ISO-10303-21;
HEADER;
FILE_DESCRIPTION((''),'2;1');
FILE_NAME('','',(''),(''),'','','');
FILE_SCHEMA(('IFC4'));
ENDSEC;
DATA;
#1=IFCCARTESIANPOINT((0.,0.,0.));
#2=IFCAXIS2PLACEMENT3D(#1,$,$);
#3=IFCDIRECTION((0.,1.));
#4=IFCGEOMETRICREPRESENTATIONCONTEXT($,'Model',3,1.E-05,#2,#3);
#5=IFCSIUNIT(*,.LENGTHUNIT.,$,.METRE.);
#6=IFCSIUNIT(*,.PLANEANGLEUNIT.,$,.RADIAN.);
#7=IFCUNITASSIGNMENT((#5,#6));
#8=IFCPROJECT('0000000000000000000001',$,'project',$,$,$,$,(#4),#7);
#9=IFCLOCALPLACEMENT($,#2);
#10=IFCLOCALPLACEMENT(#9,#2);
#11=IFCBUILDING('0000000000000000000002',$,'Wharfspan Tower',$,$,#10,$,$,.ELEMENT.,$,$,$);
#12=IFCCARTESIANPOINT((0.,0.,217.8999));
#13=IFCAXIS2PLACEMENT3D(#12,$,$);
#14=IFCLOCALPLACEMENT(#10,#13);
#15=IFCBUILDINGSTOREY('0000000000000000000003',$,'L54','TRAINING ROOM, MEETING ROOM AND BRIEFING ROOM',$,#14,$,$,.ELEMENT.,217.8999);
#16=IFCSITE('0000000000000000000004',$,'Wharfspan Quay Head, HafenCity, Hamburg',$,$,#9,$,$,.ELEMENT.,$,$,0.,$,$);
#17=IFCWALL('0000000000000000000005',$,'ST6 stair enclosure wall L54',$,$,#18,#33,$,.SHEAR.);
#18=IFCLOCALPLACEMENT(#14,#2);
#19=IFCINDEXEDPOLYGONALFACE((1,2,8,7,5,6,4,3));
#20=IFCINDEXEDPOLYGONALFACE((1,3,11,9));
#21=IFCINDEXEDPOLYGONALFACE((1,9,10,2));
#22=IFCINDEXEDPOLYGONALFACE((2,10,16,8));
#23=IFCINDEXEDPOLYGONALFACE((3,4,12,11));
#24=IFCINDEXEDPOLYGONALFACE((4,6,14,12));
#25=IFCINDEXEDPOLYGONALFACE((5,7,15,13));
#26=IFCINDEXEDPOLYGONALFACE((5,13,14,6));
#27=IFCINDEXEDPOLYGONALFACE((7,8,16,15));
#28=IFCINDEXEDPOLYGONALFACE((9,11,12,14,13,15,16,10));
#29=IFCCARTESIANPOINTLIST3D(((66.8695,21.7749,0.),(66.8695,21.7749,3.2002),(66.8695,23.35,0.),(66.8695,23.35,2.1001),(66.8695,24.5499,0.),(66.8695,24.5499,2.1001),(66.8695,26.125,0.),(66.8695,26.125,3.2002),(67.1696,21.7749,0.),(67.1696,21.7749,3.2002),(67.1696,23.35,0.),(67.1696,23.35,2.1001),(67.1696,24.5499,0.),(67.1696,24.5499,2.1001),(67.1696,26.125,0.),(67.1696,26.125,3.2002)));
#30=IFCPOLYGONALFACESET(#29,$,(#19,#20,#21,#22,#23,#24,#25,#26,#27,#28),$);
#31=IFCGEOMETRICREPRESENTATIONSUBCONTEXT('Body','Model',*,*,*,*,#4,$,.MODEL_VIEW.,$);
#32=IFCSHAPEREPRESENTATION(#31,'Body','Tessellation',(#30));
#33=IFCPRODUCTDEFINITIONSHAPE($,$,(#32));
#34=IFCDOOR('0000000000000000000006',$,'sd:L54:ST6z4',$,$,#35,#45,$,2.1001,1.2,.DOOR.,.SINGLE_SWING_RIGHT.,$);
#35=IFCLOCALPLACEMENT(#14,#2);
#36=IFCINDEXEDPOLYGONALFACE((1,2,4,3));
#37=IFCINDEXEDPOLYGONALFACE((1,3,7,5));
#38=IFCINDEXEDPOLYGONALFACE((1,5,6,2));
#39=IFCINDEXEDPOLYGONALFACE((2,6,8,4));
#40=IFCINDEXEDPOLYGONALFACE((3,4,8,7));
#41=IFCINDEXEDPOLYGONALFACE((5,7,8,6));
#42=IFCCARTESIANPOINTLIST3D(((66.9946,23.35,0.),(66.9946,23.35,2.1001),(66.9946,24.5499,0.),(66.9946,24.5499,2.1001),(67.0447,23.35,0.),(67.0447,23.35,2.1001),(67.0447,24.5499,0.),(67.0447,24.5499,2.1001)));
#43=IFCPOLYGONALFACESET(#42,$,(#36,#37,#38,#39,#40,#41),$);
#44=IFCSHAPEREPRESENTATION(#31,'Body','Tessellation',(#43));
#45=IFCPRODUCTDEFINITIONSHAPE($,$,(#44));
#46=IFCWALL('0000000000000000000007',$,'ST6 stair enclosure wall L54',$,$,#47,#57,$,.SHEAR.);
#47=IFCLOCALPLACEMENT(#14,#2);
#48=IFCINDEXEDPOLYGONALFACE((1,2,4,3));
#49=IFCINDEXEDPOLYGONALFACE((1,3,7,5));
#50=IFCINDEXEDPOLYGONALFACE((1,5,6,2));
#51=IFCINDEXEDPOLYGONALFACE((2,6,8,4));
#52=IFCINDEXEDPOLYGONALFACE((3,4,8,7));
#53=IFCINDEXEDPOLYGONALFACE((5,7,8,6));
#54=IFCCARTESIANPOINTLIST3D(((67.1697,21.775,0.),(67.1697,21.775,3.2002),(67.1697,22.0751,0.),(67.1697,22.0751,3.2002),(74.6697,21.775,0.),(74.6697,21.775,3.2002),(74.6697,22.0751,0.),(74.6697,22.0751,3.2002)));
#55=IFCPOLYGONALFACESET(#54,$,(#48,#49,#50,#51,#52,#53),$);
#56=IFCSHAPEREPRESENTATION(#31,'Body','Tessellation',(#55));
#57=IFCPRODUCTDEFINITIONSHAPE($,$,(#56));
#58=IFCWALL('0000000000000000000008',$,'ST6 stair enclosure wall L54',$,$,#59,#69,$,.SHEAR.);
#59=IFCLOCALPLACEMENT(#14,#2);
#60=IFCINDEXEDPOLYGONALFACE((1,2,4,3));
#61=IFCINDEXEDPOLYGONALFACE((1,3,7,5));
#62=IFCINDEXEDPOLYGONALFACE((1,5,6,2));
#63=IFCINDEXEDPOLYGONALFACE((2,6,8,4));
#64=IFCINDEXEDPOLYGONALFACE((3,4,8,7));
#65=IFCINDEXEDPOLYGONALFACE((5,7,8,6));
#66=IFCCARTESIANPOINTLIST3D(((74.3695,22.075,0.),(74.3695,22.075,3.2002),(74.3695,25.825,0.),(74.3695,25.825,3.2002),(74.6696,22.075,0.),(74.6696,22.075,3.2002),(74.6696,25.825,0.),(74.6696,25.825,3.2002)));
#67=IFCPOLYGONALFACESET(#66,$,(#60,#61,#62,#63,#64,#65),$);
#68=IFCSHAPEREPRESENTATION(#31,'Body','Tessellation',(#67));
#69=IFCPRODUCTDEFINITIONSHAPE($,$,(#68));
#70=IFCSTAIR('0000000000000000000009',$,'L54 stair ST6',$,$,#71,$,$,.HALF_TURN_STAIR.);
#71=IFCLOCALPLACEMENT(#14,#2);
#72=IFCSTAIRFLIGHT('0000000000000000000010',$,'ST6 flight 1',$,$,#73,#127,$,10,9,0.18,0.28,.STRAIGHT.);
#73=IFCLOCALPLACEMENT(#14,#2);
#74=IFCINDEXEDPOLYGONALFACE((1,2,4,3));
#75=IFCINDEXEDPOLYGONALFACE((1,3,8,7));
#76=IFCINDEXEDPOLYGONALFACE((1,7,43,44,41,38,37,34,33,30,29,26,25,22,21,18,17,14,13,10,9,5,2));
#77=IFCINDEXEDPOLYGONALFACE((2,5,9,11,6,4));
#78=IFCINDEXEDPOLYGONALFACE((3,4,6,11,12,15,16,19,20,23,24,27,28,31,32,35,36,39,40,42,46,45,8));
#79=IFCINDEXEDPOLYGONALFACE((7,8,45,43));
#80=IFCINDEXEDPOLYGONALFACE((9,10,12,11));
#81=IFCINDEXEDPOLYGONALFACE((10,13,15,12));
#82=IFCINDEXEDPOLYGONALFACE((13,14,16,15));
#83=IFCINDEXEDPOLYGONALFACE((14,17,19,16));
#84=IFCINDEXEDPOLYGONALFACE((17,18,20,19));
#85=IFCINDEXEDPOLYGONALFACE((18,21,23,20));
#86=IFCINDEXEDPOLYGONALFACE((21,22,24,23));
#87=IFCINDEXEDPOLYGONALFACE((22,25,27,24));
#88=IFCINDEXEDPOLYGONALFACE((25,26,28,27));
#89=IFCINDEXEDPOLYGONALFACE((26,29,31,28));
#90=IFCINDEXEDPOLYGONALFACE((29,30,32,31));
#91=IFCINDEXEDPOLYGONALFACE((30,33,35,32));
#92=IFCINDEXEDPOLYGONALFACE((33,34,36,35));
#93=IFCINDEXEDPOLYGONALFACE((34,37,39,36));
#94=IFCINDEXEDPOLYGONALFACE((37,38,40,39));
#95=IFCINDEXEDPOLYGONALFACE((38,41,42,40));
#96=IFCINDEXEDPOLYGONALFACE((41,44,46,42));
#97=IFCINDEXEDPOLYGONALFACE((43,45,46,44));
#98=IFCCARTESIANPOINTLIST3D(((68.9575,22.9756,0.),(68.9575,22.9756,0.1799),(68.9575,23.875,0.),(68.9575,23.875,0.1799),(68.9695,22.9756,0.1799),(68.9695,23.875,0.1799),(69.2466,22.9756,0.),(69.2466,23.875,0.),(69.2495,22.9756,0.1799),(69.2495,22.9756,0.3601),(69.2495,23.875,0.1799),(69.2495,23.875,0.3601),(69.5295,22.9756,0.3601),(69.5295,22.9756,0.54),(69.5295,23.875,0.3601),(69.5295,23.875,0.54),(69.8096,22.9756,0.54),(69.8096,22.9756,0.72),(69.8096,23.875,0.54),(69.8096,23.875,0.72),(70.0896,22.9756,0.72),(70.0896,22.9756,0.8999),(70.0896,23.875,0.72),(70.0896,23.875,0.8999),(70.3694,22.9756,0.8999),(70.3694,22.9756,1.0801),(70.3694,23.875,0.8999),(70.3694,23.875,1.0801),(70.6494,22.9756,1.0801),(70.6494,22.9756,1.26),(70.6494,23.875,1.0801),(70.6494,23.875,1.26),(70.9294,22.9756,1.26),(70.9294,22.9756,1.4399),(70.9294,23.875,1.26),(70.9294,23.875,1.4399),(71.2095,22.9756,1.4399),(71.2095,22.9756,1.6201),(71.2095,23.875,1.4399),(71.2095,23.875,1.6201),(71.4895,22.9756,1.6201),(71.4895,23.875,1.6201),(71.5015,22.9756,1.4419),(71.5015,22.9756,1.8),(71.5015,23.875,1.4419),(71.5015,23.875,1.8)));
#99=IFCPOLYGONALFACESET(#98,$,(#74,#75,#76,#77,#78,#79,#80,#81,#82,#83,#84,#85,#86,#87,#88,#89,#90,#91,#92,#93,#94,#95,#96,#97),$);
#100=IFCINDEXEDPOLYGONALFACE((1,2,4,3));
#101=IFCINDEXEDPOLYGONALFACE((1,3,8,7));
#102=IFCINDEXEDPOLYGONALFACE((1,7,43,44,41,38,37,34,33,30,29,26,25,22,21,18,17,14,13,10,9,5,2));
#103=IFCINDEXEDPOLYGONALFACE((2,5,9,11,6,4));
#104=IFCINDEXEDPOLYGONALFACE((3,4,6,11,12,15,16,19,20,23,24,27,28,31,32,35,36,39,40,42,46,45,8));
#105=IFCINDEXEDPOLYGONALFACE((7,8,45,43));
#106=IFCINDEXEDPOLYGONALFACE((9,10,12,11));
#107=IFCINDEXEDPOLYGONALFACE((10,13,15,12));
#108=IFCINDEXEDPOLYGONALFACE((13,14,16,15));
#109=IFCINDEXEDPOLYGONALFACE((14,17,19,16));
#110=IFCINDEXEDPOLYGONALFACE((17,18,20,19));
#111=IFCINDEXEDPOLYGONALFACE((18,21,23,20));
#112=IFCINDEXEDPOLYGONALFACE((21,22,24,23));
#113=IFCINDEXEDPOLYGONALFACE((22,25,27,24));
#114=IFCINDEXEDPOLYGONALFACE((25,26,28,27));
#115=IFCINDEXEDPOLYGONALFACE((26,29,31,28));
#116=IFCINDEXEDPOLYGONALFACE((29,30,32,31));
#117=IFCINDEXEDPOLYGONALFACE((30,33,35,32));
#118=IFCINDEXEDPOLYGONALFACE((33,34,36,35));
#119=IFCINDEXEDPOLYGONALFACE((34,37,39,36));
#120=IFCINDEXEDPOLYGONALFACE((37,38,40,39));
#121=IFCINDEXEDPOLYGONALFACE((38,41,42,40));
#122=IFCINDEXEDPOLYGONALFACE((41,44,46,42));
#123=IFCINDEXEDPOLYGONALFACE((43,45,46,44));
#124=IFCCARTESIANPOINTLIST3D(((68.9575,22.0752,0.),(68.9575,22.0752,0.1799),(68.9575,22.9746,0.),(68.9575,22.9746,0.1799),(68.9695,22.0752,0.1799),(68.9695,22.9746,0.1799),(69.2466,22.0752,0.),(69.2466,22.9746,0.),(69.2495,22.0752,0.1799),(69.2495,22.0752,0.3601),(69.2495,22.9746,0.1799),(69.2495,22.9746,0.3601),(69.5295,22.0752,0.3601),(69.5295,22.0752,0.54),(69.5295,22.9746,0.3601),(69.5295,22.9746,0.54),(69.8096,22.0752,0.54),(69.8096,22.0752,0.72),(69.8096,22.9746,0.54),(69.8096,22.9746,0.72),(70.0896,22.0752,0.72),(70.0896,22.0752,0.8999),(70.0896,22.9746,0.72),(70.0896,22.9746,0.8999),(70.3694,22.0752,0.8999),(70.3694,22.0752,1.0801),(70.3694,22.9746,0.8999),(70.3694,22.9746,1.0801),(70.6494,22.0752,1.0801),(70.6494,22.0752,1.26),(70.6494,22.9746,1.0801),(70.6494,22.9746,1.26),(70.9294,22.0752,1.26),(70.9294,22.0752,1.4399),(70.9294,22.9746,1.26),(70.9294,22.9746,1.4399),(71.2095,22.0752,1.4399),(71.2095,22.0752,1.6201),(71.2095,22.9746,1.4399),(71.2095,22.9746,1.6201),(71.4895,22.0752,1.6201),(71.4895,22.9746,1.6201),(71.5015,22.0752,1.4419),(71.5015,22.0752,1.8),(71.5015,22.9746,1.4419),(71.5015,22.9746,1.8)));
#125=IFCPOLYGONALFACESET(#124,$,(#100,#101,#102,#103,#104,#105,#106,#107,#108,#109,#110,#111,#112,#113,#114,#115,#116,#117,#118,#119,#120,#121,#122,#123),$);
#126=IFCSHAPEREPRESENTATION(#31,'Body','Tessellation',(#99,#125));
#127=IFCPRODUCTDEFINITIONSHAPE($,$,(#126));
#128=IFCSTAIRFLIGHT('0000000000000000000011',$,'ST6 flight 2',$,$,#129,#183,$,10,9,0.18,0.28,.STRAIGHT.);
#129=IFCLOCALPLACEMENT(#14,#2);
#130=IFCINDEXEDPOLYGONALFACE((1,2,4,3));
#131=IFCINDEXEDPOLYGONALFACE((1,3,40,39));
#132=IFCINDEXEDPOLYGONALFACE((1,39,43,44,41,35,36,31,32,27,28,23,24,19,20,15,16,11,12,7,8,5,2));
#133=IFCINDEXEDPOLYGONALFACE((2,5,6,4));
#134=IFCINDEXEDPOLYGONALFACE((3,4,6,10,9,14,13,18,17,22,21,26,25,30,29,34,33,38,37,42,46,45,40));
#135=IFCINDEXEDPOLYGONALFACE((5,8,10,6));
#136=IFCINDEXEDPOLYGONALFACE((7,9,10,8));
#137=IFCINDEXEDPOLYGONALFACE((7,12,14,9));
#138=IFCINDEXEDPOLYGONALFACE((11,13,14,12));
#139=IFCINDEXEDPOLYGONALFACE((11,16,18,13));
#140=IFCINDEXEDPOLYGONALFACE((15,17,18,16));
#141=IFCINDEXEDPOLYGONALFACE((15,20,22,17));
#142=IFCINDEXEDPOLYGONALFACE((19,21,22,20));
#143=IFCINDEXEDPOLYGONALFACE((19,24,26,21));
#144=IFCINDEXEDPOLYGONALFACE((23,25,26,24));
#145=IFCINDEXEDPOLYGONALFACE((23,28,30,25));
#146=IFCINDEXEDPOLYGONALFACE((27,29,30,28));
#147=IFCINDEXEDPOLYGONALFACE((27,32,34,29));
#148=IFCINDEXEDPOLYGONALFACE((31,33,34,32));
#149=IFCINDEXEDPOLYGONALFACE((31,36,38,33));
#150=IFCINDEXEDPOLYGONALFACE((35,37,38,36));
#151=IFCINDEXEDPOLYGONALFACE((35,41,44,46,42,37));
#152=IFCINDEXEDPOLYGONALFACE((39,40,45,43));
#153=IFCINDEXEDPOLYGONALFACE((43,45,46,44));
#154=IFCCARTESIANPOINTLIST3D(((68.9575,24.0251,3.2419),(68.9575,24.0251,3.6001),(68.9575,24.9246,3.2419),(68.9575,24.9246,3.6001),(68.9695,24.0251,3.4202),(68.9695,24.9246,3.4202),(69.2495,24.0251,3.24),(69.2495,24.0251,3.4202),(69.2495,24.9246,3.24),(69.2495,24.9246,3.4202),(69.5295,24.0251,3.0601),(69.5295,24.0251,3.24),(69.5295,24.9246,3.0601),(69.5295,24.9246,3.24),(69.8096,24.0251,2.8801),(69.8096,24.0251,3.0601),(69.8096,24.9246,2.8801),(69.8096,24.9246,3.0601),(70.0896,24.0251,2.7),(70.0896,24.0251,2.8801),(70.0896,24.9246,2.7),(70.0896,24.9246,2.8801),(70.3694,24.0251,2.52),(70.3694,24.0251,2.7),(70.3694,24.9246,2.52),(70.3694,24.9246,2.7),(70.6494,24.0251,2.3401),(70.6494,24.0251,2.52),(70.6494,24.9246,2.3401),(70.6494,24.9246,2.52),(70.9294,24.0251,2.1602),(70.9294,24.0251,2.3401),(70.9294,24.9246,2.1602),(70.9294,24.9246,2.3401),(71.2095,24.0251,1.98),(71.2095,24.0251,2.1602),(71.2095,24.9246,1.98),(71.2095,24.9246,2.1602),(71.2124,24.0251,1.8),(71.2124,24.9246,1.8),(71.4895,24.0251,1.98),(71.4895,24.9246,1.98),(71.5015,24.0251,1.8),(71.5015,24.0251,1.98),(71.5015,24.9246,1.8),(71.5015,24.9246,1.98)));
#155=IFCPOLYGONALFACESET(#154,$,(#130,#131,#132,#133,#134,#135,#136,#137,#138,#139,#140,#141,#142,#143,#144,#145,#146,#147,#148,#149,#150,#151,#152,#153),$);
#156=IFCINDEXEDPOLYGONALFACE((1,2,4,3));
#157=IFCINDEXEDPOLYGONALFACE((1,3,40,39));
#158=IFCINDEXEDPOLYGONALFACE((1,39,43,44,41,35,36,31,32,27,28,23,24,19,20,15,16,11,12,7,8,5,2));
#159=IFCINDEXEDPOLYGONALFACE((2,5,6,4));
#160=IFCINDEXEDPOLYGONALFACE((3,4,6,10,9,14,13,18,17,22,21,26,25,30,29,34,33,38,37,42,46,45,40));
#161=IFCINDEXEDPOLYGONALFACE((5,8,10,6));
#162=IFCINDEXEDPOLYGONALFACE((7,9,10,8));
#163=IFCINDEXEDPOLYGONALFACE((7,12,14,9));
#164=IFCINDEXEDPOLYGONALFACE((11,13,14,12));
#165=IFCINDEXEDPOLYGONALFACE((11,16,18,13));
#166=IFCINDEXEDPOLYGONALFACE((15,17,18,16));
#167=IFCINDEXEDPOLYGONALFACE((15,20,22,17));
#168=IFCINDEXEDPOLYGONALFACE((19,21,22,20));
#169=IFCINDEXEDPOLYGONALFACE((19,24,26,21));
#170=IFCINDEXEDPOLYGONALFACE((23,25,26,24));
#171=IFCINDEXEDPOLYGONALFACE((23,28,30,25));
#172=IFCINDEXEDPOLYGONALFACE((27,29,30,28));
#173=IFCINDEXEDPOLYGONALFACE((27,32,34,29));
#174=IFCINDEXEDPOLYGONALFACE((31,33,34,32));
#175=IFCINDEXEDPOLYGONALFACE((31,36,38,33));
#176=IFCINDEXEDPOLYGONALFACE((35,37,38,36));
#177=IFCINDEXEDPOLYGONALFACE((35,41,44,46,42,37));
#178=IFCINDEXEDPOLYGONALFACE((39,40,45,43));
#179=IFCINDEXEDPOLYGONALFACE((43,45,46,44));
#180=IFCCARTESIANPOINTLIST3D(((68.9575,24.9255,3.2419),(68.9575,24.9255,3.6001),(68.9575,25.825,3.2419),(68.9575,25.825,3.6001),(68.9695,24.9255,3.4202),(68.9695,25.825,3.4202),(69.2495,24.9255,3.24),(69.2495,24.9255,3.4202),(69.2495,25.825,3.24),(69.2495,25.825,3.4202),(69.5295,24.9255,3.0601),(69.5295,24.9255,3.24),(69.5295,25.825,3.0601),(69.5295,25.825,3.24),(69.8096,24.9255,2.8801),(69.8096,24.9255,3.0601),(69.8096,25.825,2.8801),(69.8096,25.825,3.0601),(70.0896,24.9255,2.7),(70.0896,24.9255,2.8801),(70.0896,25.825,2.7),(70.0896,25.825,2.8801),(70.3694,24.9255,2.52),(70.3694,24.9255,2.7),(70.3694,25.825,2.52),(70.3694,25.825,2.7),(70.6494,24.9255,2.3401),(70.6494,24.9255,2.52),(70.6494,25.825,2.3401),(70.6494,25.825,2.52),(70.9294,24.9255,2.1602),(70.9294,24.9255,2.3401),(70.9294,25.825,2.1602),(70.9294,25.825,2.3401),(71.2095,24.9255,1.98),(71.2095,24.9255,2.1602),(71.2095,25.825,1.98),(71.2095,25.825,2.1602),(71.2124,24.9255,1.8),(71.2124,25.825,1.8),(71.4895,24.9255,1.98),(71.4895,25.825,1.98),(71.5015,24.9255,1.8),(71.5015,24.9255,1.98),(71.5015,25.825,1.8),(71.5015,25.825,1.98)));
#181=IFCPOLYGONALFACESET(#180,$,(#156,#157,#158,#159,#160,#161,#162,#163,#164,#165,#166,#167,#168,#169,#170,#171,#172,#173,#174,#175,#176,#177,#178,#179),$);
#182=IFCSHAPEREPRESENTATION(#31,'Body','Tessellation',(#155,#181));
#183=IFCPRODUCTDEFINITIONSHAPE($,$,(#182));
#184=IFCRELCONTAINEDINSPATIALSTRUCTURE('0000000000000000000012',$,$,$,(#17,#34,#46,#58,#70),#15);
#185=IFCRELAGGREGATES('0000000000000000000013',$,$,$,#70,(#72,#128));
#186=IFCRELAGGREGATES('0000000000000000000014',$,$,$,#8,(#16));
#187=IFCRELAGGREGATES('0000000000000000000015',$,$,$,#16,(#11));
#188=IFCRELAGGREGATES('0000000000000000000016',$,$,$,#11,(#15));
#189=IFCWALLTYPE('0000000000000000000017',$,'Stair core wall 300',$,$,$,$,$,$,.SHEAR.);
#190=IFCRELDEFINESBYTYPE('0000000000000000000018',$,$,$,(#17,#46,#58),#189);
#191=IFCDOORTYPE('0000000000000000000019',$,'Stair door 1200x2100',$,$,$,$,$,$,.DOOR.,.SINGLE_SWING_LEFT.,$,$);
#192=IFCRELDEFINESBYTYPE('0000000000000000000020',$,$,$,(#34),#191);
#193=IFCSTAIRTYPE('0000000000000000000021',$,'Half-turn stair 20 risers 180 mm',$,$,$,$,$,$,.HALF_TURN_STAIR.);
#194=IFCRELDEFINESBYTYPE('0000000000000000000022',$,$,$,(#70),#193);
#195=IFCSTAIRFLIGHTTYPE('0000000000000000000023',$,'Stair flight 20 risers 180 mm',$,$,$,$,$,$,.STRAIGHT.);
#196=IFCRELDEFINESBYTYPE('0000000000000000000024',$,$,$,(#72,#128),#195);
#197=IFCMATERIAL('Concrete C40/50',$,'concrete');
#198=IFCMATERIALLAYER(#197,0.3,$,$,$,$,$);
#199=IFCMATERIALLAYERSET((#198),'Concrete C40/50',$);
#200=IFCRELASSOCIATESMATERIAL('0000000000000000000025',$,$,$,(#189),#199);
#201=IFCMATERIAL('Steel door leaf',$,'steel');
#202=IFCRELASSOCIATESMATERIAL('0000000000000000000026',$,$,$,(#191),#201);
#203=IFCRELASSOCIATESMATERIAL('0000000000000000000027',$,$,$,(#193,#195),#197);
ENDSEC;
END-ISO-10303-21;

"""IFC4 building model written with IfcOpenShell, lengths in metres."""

from ifc_helpers import new_model, si_unit, direction, frame, frame_2d, origin, place, context, subcontext, project, spatial, polyline, rectangle, outline, extrude, material, layer, layer_set, type_object, element, fill, aggregate, save


model = new_model("IFC4")

# Units and contexts
model_context = context("Model", 3, precision=1e-05, world=origin(), true_north=direction((0.0, 1.0)))
body_context = subcontext(model_context, "Body", "Model", "MODEL_VIEW")
ifc_project = project(units=[si_unit("LENGTHUNIT", "METRE"), si_unit("PLANEANGLEUNIT", "RADIAN")], contexts=[model_context])

# Site, building, storey
site_placement = place(None, origin())
site = spatial("IfcSite", under=ifc_project, at=site_placement, Name="Wharfspan Quay Head, HafenCity, Hamburg", CompositionType="ELEMENT", RefElevation=0.0)
building_placement = place(site_placement, origin())
building = spatial("IfcBuilding", under=site, at=building_placement, Name="Wharfspan Tower", CompositionType="ELEMENT")
storey_placement = place(building_placement, frame((0.0, 0.0, 217.8999)))
storey = spatial("IfcBuildingStorey", under=building, at=storey_placement, Name="L54", Description="TRAINING ROOM, MEETING ROOM AND BRIEFING ROOM", CompositionType="ELEMENT", Elevation=217.8999)

# Wall, opening, door
ifc_material_1 = material(Name="Concrete C40/50", Category="concrete")
ifc_layer_1 = layer(ifc_material_1, 0.3)
ifc_layer_set_1 = layer_set([ifc_layer_1], Name="Concrete C40/50")
wall_type_1 = type_object("IfcWallType", Name="Stair core wall 300", PredefinedType="SHEAR", material=ifc_layer_set_1)
wall_1_placement = place(storey_placement, frame((67.0195, 21.7749, 0.0), z_axis=(0.0, 0.0, 1.0), x_axis=(0.0, 1.0, 0.0)))
wall_1 = element("IfcWall", 1, at=wall_1_placement, inside=storey, type_object=wall_type_1, Name="ST6 stair enclosure wall L54", PredefinedType="SHEAR", context=body_context, shape_type="SweptSolid", body=[
    extrude(rectangle(XDim=4.3501, YDim=0.3, at=frame_2d((2.175, 0.0))), origin(), (0.0, 0.0, 1.0), 3.2002),
])
opening_1_placement = place(wall_1_placement, frame((1.575, 0.0, 0.0)))
opening_1 = element("IfcOpeningElement", 2, at=opening_1_placement, cuts=wall_1, PredefinedType="OPENING", context=body_context, shape_type="SweptSolid", body=[
    extrude(rectangle(XDim=1.2, YDim=2.1001, at=frame_2d((0.6001, 1.05))), frame((0.0, 0.1599, 0.0), z_axis=(0.0, -1.0, 0.0), x_axis=(1.0, 0.0, 0.0)), (0.0, 0.0, 1.0), 0.3201),
])
ifc_material_2 = material(Name="Steel door leaf", Category="steel")
door_type_1 = type_object("IfcDoorType", Name="Stair door 1200x2100", OperationType="SINGLE_SWING_LEFT", PredefinedType="DOOR", material=ifc_material_2)
door_1_placement = place(opening_1_placement, origin())
door_1 = element("IfcDoor", 3, at=door_1_placement, inside=storey, type_object=door_type_1, Name="sd:L54:ST6z4", OperationType="SINGLE_SWING_RIGHT", OverallHeight=2.1001, OverallWidth=1.2, PredefinedType="DOOR", context=body_context, shape_type="SweptSolid", body=[
    extrude(rectangle(XDim=1.2, YDim=2.1001, at=frame_2d((0.6001, 1.05))), frame((0.0, 0.0249, 0.0), z_axis=(0.0, -1.0, 0.0), x_axis=(1.0, 0.0, 0.0)), (0.0, 0.0, 1.0), 0.05),
])
fill(opening_1, door_1)

# Walls
wall_2_placement = place(storey_placement, frame((67.1697, 21.925, 0.0), z_axis=(0.0, 0.0, 1.0), x_axis=(1.0, 0.0, 0.0)))
element("IfcWall", 4, at=wall_2_placement, inside=storey, type_object=wall_type_1, Name="ST6 stair enclosure wall L54", PredefinedType="SHEAR", context=body_context, shape_type="SweptSolid", body=[
    extrude(rectangle(XDim=7.5, YDim=0.3, at=frame_2d((3.75, 0.0))), origin(), (0.0, 0.0, 1.0), 3.2002),
])
wall_3_placement = place(storey_placement, frame((74.5195, 22.075, 0.0), z_axis=(0.0, 0.0, 1.0), x_axis=(0.0, 1.0, 0.0)))
element("IfcWall", 5, at=wall_3_placement, inside=storey, type_object=wall_type_1, Name="ST6 stair enclosure wall L54", PredefinedType="SHEAR", context=body_context, shape_type="SweptSolid", body=[
    extrude(rectangle(XDim=3.75, YDim=0.3, at=frame_2d((1.875, 0.0))), origin(), (0.0, 0.0, 1.0), 3.2002),
])

# Stair, stair flights
stair_type = type_object("IfcStairType", Name="Half-turn stair 20 risers 180 mm", PredefinedType="HALF_TURN_STAIR", material=ifc_material_1)
stair_placement = place(storey_placement, origin())
stair = element("IfcStair", 6, at=stair_placement, inside=storey, type_object=stair_type, Name="L54 stair ST6", PredefinedType="HALF_TURN_STAIR")
stair_flight_type = type_object("IfcStairFlightType", Name="Stair flight 20 risers 180 mm", PredefinedType="STRAIGHT", material=ifc_material_1)
stair_flight_1_placement = place(storey_placement, frame((68.9695, 22.9751, 0.0), z_axis=(0.0, 0.0, 1.0), x_axis=(1.0, 0.0, 0.0)))
stair_flight_1 = element("IfcStairFlight", 7, at=stair_flight_1_placement, type_object=stair_flight_type, Name="ST6 flight 1", NumberOfRisers=10, NumberOfTreads=9, PredefinedType="STRAIGHT", RiserHeight=0.18, TreadLength=0.28, context=body_context, shape_type="SweptSolid", body=[
    extrude(outline(polyline([(-0.012, 0.0), (-0.012, 0.1799), (0.0, 0.1799), (0.28, 0.1799), (0.28, 0.3601), (0.5601, 0.3601), (0.5601, 0.54), (0.8401, 0.54), (0.8401, 0.72), (1.1201, 0.72), (1.1201, 0.8999), (1.3999, 0.8999), (1.3999, 1.0801), (1.6799, 1.0801), (1.6799, 1.26), (1.96, 1.26), (1.96, 1.4399), (2.24, 1.4399), (2.24, 1.6201), (2.52, 1.6201), (2.532, 1.8), (2.532, 1.4419), (0.2771, 0.0), (-0.012, 0.0)])), frame((0.0, 0.8999, 0.0), z_axis=(0.0, -1.0, 0.0), x_axis=(1.0, 0.0, 0.0)), (0.0, 0.0, 1.0), 0.8994),
    extrude(outline(polyline([(-0.012, 0.0), (-0.012, 0.1799), (0.0, 0.1799), (0.28, 0.1799), (0.28, 0.3601), (0.5601, 0.3601), (0.5601, 0.54), (0.8401, 0.54), (0.8401, 0.72), (1.1201, 0.72), (1.1201, 0.8999), (1.3999, 0.8999), (1.3999, 1.0801), (1.6799, 1.0801), (1.6799, 1.26), (1.96, 1.26), (1.96, 1.4399), (2.24, 1.4399), (2.24, 1.6201), (2.52, 1.6201), (2.532, 1.8), (2.532, 1.4419), (0.2771, 0.0), (-0.012, 0.0)])), frame((0.0, -0.0005, 0.0), z_axis=(0.0, -1.0, 0.0), x_axis=(1.0, 0.0, 0.0)), (0.0, 0.0, 1.0), 0.8994),
])
stair_flight_2_placement = place(storey_placement, frame((71.4895, 24.925, 1.8), z_axis=(0.0, 0.0, 1.0), x_axis=(-1.0, 0.0, 0.0)))
stair_flight_2 = element("IfcStairFlight", 8, at=stair_flight_2_placement, type_object=stair_flight_type, Name="ST6 flight 2", NumberOfRisers=10, NumberOfTreads=9, PredefinedType="STRAIGHT", RiserHeight=0.18, TreadLength=0.28, context=body_context, shape_type="SweptSolid", body=[
    extrude(outline(polyline([(-0.012, 0.0), (-0.012, 0.1799), (0.0, 0.1799), (0.28, 0.1799), (0.28, 0.3601), (0.5601, 0.3601), (0.5601, 0.54), (0.8401, 0.54), (0.8401, 0.72), (1.1201, 0.72), (1.1201, 0.8999), (1.3999, 0.8999), (1.3999, 1.0801), (1.6799, 1.0801), (1.6799, 1.26), (1.96, 1.26), (1.96, 1.4399), (2.24, 1.4399), (2.24, 1.6201), (2.52, 1.6201), (2.532, 1.8), (2.532, 1.4419), (0.2771, 0.0), (-0.012, 0.0)])), frame((0.0, 0.8999, 0.0), z_axis=(0.0, -1.0, 0.0), x_axis=(1.0, 0.0, 0.0)), (0.0, 0.0, 1.0), 0.8994),
    extrude(outline(polyline([(-0.012, 0.0), (-0.012, 0.1799), (0.0, 0.1799), (0.28, 0.1799), (0.28, 0.3601), (0.5601, 0.3601), (0.5601, 0.54), (0.8401, 0.54), (0.8401, 0.72), (1.1201, 0.72), (1.1201, 0.8999), (1.3999, 0.8999), (1.3999, 1.0801), (1.6799, 1.0801), (1.6799, 1.26), (1.96, 1.26), (1.96, 1.4399), (2.24, 1.4399), (2.24, 1.6201), (2.52, 1.6201), (2.532, 1.8), (2.532, 1.4419), (0.2771, 0.0), (-0.012, 0.0)])), frame((0.0, -0.0005, 0.0), z_axis=(0.0, -1.0, 0.0), x_axis=(1.0, 0.0, 0.0)), (0.0, 0.0, 1.0), 0.8994),
])
aggregate(stair, [stair_flight_1, stair_flight_2])

save(model, "model.ifc")
